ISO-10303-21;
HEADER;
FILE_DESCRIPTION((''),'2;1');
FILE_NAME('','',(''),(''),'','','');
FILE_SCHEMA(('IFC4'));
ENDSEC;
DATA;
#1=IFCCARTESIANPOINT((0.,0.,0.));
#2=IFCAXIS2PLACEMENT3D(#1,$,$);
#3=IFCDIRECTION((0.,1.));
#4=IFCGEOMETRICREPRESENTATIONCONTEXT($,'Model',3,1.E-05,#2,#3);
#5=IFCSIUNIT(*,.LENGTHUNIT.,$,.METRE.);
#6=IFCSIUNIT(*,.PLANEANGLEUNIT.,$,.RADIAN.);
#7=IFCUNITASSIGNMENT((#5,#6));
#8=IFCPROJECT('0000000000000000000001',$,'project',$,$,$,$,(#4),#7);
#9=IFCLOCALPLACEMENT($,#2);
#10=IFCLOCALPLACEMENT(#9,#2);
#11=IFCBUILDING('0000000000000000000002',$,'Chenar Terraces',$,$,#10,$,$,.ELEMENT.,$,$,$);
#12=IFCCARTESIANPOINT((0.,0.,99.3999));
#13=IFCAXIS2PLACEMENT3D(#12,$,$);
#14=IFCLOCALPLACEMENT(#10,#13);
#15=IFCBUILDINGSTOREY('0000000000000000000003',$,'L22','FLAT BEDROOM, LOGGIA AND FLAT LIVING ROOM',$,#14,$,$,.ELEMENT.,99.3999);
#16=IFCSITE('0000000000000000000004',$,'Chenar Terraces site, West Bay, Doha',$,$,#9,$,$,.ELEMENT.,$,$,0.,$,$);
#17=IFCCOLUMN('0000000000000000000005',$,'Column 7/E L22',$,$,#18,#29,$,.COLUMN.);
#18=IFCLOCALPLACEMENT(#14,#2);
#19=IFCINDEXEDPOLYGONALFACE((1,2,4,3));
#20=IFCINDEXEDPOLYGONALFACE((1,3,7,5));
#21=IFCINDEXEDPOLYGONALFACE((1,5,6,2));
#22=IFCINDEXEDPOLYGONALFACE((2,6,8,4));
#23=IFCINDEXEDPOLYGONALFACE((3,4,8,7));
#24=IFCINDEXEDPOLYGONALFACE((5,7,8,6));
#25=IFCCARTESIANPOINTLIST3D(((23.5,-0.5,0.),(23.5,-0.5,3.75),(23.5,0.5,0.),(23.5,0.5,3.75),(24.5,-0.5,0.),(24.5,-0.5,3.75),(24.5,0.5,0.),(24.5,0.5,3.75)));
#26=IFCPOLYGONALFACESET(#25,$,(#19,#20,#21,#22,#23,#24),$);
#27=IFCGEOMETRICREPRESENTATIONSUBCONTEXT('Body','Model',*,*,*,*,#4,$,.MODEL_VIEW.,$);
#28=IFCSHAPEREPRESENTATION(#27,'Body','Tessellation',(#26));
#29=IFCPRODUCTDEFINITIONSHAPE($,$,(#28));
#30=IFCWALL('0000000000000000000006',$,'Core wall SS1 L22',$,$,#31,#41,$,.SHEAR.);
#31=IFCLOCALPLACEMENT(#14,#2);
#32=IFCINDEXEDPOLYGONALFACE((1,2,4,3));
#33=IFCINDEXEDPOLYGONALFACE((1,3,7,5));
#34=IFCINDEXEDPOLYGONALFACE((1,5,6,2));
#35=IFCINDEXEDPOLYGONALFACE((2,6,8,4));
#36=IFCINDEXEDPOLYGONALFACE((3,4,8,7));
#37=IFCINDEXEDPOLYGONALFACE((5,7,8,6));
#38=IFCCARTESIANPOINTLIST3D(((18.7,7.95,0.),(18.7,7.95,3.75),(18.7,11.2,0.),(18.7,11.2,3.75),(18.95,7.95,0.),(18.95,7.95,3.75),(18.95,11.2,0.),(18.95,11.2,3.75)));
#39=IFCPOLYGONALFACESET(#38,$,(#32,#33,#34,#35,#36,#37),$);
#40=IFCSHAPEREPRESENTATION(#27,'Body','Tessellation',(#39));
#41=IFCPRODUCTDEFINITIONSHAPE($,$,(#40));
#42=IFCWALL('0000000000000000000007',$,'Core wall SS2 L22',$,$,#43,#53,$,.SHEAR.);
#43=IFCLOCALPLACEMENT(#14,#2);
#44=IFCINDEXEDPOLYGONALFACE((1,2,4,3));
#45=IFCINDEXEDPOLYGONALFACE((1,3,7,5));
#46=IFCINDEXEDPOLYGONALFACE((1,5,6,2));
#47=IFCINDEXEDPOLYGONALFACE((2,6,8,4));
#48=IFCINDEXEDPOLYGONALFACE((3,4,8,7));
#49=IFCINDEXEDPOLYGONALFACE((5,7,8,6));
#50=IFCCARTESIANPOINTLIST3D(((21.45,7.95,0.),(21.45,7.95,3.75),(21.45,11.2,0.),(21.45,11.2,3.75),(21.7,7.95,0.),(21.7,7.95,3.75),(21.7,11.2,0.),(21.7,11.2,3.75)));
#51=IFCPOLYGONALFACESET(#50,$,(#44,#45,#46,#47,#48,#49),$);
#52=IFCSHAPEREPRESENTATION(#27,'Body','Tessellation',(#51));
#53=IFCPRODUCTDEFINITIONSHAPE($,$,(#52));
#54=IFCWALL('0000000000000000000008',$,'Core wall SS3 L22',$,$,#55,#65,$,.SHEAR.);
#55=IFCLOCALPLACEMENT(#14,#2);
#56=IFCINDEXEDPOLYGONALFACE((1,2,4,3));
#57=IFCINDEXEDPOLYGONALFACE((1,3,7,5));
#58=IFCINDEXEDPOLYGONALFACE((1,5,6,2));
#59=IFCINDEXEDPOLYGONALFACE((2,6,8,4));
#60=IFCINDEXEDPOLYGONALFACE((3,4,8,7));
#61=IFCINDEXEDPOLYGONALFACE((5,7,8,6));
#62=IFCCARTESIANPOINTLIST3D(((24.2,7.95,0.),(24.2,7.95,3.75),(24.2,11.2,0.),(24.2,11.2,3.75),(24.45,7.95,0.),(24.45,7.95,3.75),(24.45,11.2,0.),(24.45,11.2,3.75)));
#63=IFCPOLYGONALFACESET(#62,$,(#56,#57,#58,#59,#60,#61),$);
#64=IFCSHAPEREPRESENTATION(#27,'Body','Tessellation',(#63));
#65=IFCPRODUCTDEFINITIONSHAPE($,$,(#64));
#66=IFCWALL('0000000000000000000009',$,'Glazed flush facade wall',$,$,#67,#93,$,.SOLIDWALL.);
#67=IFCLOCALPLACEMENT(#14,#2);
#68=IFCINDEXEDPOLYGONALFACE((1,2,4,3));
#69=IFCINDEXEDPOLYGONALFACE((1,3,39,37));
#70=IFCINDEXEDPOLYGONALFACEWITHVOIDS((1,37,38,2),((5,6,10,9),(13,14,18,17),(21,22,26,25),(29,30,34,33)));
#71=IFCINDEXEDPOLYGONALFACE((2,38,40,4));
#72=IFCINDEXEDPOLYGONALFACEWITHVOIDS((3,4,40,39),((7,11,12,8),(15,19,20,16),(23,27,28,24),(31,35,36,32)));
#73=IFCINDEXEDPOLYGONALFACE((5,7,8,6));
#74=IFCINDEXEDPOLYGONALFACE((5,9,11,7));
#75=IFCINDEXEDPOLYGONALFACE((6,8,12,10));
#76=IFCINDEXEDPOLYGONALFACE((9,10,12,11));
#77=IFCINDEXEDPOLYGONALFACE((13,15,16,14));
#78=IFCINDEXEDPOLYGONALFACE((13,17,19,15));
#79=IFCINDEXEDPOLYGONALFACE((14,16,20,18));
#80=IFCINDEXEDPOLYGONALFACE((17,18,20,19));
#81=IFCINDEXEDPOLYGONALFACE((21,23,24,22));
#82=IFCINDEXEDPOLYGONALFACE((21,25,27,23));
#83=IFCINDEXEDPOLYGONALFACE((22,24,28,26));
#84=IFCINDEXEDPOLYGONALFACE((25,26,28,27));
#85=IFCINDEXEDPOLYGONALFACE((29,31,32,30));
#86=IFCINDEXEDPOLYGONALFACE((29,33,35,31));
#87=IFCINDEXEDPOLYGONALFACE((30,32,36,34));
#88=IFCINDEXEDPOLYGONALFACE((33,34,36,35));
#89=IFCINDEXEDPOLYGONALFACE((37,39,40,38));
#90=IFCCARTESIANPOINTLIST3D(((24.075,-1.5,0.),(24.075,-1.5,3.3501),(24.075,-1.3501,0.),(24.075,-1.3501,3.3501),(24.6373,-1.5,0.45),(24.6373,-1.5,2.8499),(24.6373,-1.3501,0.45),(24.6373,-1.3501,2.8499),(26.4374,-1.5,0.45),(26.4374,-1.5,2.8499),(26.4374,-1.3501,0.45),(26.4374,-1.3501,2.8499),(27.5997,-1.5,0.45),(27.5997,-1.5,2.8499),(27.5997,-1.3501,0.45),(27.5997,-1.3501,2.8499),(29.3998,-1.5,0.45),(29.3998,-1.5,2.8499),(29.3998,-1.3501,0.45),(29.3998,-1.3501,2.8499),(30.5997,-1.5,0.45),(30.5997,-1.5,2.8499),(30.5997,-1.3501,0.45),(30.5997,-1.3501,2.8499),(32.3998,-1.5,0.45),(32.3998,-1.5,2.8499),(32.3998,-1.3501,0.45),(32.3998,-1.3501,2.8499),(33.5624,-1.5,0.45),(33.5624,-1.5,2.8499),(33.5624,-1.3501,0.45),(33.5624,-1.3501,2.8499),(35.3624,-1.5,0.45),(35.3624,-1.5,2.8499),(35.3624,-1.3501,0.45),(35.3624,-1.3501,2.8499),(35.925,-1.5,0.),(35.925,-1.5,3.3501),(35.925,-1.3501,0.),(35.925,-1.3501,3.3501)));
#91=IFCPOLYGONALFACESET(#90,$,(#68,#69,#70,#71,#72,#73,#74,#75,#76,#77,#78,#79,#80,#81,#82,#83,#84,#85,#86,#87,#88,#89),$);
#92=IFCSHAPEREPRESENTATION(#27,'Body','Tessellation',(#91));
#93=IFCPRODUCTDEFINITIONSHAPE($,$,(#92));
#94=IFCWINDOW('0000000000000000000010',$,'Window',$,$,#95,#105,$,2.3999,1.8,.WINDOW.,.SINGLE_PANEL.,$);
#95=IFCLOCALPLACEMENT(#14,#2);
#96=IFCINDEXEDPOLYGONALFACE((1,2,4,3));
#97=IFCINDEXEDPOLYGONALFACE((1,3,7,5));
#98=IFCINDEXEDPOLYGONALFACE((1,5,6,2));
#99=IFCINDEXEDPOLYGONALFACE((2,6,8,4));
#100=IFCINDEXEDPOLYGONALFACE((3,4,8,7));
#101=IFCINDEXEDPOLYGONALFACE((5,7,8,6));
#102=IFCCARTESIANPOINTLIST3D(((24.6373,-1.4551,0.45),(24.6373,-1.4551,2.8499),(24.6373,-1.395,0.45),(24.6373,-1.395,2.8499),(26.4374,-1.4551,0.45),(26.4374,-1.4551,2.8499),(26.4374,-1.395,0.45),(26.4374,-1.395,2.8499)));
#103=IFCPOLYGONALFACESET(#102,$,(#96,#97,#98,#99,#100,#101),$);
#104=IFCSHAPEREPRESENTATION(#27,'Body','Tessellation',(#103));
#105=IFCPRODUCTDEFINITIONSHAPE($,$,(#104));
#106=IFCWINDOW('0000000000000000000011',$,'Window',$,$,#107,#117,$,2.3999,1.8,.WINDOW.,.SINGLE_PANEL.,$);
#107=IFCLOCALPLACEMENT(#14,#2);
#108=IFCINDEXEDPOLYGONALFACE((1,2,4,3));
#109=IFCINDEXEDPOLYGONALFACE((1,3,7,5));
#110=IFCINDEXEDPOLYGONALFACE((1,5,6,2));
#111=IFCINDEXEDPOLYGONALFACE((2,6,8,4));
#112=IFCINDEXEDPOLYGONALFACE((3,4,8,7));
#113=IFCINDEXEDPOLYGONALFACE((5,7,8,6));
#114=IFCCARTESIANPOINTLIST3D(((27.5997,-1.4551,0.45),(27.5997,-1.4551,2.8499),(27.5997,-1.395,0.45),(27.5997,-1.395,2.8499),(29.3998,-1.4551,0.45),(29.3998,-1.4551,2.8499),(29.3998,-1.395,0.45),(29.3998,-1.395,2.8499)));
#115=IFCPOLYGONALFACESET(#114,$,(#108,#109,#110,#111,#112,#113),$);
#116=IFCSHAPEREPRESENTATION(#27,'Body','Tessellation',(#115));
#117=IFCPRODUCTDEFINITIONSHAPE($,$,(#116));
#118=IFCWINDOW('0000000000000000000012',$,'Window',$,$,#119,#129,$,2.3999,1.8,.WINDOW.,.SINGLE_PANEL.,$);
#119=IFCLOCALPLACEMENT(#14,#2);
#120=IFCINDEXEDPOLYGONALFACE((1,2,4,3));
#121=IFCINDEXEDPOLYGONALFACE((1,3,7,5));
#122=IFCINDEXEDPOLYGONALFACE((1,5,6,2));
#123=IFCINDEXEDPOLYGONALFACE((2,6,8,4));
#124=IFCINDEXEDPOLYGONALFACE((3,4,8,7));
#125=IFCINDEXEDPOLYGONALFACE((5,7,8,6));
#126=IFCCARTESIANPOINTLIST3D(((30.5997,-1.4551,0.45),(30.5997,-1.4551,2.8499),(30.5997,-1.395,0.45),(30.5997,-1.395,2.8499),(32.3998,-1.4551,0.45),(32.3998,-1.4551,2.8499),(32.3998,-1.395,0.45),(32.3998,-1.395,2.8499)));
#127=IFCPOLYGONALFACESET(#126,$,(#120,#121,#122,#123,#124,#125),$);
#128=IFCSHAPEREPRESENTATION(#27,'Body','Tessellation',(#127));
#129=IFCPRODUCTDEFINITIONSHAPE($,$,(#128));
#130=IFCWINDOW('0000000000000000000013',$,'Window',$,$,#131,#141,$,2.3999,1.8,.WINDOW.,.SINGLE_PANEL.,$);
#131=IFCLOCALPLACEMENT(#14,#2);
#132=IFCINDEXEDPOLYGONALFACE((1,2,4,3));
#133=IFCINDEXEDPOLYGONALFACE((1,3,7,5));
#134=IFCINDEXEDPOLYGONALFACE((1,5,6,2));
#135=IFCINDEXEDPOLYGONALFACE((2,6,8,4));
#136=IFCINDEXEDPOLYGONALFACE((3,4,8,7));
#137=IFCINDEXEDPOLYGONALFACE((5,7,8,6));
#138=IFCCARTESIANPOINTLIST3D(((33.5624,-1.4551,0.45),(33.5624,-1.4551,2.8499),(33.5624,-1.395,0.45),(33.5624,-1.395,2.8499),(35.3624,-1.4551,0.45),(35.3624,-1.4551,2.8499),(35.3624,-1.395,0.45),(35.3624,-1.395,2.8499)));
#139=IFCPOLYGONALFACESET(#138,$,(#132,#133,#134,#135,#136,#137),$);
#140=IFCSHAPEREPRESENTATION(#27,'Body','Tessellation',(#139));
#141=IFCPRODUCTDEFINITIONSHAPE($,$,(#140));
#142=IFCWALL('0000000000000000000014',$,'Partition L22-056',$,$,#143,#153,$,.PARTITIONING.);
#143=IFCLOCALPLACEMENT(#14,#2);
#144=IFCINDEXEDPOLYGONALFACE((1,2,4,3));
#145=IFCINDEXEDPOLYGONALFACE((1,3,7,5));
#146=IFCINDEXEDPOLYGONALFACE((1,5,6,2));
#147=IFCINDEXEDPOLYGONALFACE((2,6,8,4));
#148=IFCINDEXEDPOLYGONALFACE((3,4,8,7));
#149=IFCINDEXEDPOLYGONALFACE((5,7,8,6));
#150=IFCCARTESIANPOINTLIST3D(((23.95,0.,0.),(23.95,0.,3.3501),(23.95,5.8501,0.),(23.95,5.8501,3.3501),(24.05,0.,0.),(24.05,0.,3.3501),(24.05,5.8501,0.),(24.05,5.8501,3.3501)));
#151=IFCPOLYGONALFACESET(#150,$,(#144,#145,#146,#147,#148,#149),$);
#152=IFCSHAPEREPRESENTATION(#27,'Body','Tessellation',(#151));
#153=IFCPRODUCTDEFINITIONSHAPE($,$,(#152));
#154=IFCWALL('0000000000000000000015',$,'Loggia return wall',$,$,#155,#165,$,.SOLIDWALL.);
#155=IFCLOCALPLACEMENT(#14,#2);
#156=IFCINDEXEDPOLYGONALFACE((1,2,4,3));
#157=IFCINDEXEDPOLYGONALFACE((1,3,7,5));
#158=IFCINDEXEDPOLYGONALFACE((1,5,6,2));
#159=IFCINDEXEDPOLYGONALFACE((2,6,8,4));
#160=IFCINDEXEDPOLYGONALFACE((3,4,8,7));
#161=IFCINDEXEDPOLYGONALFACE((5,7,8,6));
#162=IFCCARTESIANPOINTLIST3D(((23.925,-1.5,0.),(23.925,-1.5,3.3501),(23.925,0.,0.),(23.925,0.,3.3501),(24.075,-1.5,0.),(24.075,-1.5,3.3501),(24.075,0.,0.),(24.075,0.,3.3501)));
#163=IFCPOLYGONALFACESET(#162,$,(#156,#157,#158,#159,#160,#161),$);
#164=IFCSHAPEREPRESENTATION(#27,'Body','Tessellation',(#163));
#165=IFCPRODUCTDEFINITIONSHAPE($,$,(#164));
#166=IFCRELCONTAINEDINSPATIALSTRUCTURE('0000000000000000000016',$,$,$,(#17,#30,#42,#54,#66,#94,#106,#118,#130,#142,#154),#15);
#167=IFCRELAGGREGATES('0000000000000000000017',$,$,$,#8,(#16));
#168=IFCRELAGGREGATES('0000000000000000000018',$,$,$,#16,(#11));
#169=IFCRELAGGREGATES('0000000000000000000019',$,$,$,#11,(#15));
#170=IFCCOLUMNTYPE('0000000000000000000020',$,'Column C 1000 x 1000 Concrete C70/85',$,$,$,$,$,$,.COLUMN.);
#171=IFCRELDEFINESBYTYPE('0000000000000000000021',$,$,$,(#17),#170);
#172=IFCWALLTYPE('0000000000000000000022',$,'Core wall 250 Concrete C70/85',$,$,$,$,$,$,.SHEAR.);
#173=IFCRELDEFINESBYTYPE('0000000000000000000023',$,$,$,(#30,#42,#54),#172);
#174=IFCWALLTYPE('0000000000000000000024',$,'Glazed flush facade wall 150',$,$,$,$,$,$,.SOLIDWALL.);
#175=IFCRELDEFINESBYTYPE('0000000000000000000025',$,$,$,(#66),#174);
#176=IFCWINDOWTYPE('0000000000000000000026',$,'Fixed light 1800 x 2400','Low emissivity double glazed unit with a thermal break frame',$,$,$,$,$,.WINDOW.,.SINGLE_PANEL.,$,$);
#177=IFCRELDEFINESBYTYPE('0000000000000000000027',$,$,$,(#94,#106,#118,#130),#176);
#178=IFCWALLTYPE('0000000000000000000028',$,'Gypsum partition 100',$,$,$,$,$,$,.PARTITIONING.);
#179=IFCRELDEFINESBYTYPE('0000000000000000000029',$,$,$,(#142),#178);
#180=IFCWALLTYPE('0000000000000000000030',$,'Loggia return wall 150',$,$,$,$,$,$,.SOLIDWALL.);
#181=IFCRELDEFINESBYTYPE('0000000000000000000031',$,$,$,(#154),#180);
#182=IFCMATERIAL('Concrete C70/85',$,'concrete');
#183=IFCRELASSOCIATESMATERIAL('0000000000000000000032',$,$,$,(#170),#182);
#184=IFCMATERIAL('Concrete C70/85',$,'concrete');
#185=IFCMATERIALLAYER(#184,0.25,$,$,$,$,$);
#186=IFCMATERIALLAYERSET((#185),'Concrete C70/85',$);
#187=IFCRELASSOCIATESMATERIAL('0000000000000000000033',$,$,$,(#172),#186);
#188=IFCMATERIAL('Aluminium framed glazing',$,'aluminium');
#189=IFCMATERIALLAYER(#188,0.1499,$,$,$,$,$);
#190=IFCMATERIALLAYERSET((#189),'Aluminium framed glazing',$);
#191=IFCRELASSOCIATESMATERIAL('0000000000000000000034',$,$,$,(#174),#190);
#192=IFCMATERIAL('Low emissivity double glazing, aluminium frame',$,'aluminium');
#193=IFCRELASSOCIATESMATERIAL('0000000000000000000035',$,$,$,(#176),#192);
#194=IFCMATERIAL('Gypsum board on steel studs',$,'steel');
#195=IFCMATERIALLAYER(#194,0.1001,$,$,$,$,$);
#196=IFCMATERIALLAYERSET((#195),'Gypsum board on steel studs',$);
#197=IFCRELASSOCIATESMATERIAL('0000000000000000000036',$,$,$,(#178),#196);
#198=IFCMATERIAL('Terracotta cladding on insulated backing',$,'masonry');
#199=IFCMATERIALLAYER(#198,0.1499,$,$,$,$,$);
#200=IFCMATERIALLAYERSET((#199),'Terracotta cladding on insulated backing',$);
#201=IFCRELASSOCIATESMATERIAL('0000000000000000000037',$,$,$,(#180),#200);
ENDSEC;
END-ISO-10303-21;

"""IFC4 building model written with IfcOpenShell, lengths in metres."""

from ifc_helpers import new_model, si_unit, direction, frame, frame_2d, origin, origin_2d, place, context, subcontext, project, spatial, rectangle, extrude, material, layer, layer_set, material_profile, profile_set, type_object, element, fill, save


model = new_model("IFC4")

# Units and contexts
model_context = context("Model", 3, precision=1e-05, world=origin(), true_north=direction((0.0, 1.0)))
body_context = subcontext(model_context, "Body", "Model", "MODEL_VIEW")
ifc_project = project(units=[si_unit("LENGTHUNIT", "METRE"), si_unit("PLANEANGLEUNIT", "RADIAN")], contexts=[model_context])

# Site, building, storey
site_placement = place(None, origin())
site = spatial("IfcSite", under=ifc_project, at=site_placement, Name="Chenar Terraces site, West Bay, Doha", CompositionType="ELEMENT", RefElevation=0.0)
building_placement = place(site_placement, origin())
building = spatial("IfcBuilding", under=site, at=building_placement, Name="Chenar Terraces", CompositionType="ELEMENT")
storey_placement = place(building_placement, frame((0.0, 0.0, 99.3999)))
storey = spatial("IfcBuildingStorey", under=building, at=storey_placement, Name="L22", Description="FLAT BEDROOM, LOGGIA AND FLAT LIVING ROOM", CompositionType="ELEMENT", Elevation=99.3999)

# Column
ifc_material_1 = material(Name="Concrete C70/85", Category="concrete")
ifc_material_profile_1 = material_profile(ifc_material_1, rectangle(XDim=1.0, YDim=1.0, at=origin_2d()), Name="C 1000 x 1000")
ifc_profile_set_1 = profile_set([ifc_material_profile_1], Name="Concrete C70/85")
column_type = type_object("IfcColumnType", Name="Column C 1000 x 1000 Concrete C70/85", PredefinedType="COLUMN", material=ifc_profile_set_1)
column_placement = place(storey_placement, frame((24.0, 0.0, 0.0), z_axis=(0.0, 0.0, 1.0), x_axis=(1.0, 0.0, 0.0)))
element("IfcColumn", 1, at=column_placement, inside=storey, type_object=column_type, Name="Column 7/E L22", PredefinedType="COLUMN", context=body_context, shape_type="SweptSolid", body=[
    extrude(rectangle(XDim=1.0, YDim=1.0, at=origin_2d()), origin(), (0.0, 0.0, 1.0), 3.75),
])

# Walls
ifc_material_2 = material(Name="Concrete C70/85", Category="concrete")
ifc_layer_1 = layer(ifc_material_2, 0.25)
ifc_layer_set_1 = layer_set([ifc_layer_1], Name="Concrete C70/85")
wall_type_1 = type_object("IfcWallType", Name="Core wall 250 Concrete C70/85", PredefinedType="SHEAR", material=ifc_layer_set_1)
for number, where, z_axis, x_axis, name in (
    (2, (18.825, 7.95, 0.0), (0.0, 0.0, 1.0), (0.0, 1.0, 0.0), "Core wall SS1 L22"),
    (3, (21.575, 7.95, 0.0), (0.0, 0.0, 1.0), (0.0, 1.0, 0.0), "Core wall SS2 L22"),
    (4, (24.325, 7.95, 0.0), (0.0, 0.0, 1.0), (0.0, 1.0, 0.0), "Core wall SS3 L22"),
):
    element("IfcWall", number, at=place(storey_placement, frame(where, z_axis=z_axis, x_axis=x_axis)), inside=storey, type_object=wall_type_1, Name=name, PredefinedType="SHEAR", context=body_context, shape_type="SweptSolid", body=[
        extrude(rectangle(XDim=3.25, YDim=0.25, at=frame_2d((1.625, 0.0))), origin(), (0.0, 0.0, 1.0), 3.75),
    ])

# Wall, openings, windows
ifc_material_3 = material(Name="Aluminium framed glazing", Category="aluminium")
ifc_layer_2 = layer(ifc_material_3, 0.1499)
ifc_layer_set_2 = layer_set([ifc_layer_2], Name="Aluminium framed glazing")
wall_type_2 = type_object("IfcWallType", Name="Glazed flush facade wall 150", PredefinedType="SOLIDWALL", material=ifc_layer_set_2)
wall_1_placement = place(storey_placement, frame((24.075, -1.425, 0.0), z_axis=(0.0, 0.0, 1.0), x_axis=(1.0, 0.0, 0.0)))
wall_1 = element("IfcWall", 5, at=wall_1_placement, inside=storey, type_object=wall_type_2, Name="Glazed flush facade wall", PredefinedType="SOLIDWALL", context=body_context, shape_type="SweptSolid", body=[
    extrude(rectangle(XDim=11.8501, YDim=0.1499, at=frame_2d((5.925, 0.0))), origin(), (0.0, 0.0, 1.0), 3.3501),
])
opening_1_placement = place(wall_1_placement, frame((0.5625, 0.0, 0.45)))
opening_1 = element("IfcOpeningElement", 6, at=opening_1_placement, cuts=wall_1, PredefinedType="OPENING", context=body_context, shape_type="SweptSolid", body=[
    extrude(rectangle(XDim=1.8, YDim=2.3999, at=frame_2d((0.8999, 1.2))), frame((0.0, 0.085, 0.0), z_axis=(0.0, -1.0, 0.0), x_axis=(1.0, 0.0, 0.0)), (0.0, 0.0, 1.0), 0.1699),
])
opening_2_placement = place(wall_1_placement, frame((3.5249, 0.0, 0.45)))
opening_2 = element("IfcOpeningElement", 7, at=opening_2_placement, cuts=wall_1, PredefinedType="OPENING", context=body_context, shape_type="SweptSolid", body=[
    extrude(rectangle(XDim=1.8, YDim=2.3999, at=frame_2d((0.8999, 1.2))), frame((0.0, 0.085, 0.0), z_axis=(0.0, -1.0, 0.0), x_axis=(1.0, 0.0, 0.0)), (0.0, 0.0, 1.0), 0.1699),
])
opening_3_placement = place(wall_1_placement, frame((6.5249, 0.0, 0.45)))
opening_3 = element("IfcOpeningElement", 8, at=opening_3_placement, cuts=wall_1, PredefinedType="OPENING", context=body_context, shape_type="SweptSolid", body=[
    extrude(rectangle(XDim=1.8, YDim=2.3999, at=frame_2d((0.8999, 1.2))), frame((0.0, 0.085, 0.0), z_axis=(0.0, -1.0, 0.0), x_axis=(1.0, 0.0, 0.0)), (0.0, 0.0, 1.0), 0.1699),
])
opening_4_placement = place(wall_1_placement, frame((9.4875, 0.0, 0.45)))
opening_4 = element("IfcOpeningElement", 9, at=opening_4_placement, cuts=wall_1, PredefinedType="OPENING", context=body_context, shape_type="SweptSolid", body=[
    extrude(rectangle(XDim=1.8, YDim=2.3999, at=frame_2d((0.8999, 1.2))), frame((0.0, 0.085, 0.0), z_axis=(0.0, -1.0, 0.0), x_axis=(1.0, 0.0, 0.0)), (0.0, 0.0, 1.0), 0.1699),
])
ifc_material_4 = material(Name="Low emissivity double glazing, aluminium frame", Category="aluminium")
window_type = type_object("IfcWindowType", Name="Fixed light 1800 x 2400", Description="Low emissivity double glazed unit with a thermal break frame", PartitioningType="SINGLE_PANEL", PredefinedType="WINDOW", material=ifc_material_4)
window_1_placement = place(opening_1_placement, origin())
window_1 = element("IfcWindow", 10, at=window_1_placement, inside=storey, type_object=window_type, Name="Window", OverallHeight=2.3999, OverallWidth=1.8, PartitioningType="SINGLE_PANEL", PredefinedType="WINDOW", context=body_context, shape_type="SweptSolid", body=[
    extrude(rectangle(XDim=1.8, YDim=2.3999, at=frame_2d((0.8999, 1.2))), frame((0.0, 0.03, 0.0), z_axis=(0.0, -1.0, 0.0), x_axis=(1.0, 0.0, 0.0)), (0.0, 0.0, 1.0), 0.0601),
])
fill(opening_1, window_1)
window_2_placement = place(opening_2_placement, origin())
window_2 = element("IfcWindow", 11, at=window_2_placement, inside=storey, type_object=window_type, Name="Window", OverallHeight=2.3999, OverallWidth=1.8, PartitioningType="SINGLE_PANEL", PredefinedType="WINDOW", context=body_context, shape_type="SweptSolid", body=[
    extrude(rectangle(XDim=1.8, YDim=2.3999, at=frame_2d((0.8999, 1.2))), frame((0.0, 0.03, 0.0), z_axis=(0.0, -1.0, 0.0), x_axis=(1.0, 0.0, 0.0)), (0.0, 0.0, 1.0), 0.0601),
])
fill(opening_2, window_2)
window_3_placement = place(opening_3_placement, origin())
window_3 = element("IfcWindow", 12, at=window_3_placement, inside=storey, type_object=window_type, Name="Window", OverallHeight=2.3999, OverallWidth=1.8, PartitioningType="SINGLE_PANEL", PredefinedType="WINDOW", context=body_context, shape_type="SweptSolid", body=[
    extrude(rectangle(XDim=1.8, YDim=2.3999, at=frame_2d((0.8999, 1.2))), frame((0.0, 0.03, 0.0), z_axis=(0.0, -1.0, 0.0), x_axis=(1.0, 0.0, 0.0)), (0.0, 0.0, 1.0), 0.0601),
])
fill(opening_3, window_3)
window_4_placement = place(opening_4_placement, origin())
window_4 = element("IfcWindow", 13, at=window_4_placement, inside=storey, type_object=window_type, Name="Window", OverallHeight=2.3999, OverallWidth=1.8, PartitioningType="SINGLE_PANEL", PredefinedType="WINDOW", context=body_context, shape_type="SweptSolid", body=[
    extrude(rectangle(XDim=1.8, YDim=2.3999, at=frame_2d((0.8999, 1.2))), frame((0.0, 0.03, 0.0), z_axis=(0.0, -1.0, 0.0), x_axis=(1.0, 0.0, 0.0)), (0.0, 0.0, 1.0), 0.0601),
])
fill(opening_4, window_4)

# Walls
ifc_material_5 = material(Name="Gypsum board on steel studs", Category="steel")
ifc_layer_3 = layer(ifc_material_5, 0.1001)
ifc_layer_set_3 = layer_set([ifc_layer_3], Name="Gypsum board on steel studs")
wall_type_3 = type_object("IfcWallType", Name="Gypsum partition 100", PredefinedType="PARTITIONING", material=ifc_layer_set_3)
wall_2_placement = place(storey_placement, frame((24.0, 0.0, 0.0), z_axis=(0.0, 0.0, 1.0), x_axis=(0.0, 1.0, 0.0)))
element("IfcWall", 14, at=wall_2_placement, inside=storey, type_object=wall_type_3, Name="Partition L22-056", PredefinedType="PARTITIONING", context=body_context, shape_type="SweptSolid", body=[
    extrude(rectangle(XDim=5.8501, YDim=0.1001, at=frame_2d((2.925, 0.0))), origin(), (0.0, 0.0, 1.0), 3.3501),
])
ifc_material_6 = material(Name="Terracotta cladding on insulated backing", Category="masonry")
ifc_layer_4 = layer(ifc_material_6, 0.1499)
ifc_layer_set_4 = layer_set([ifc_layer_4], Name="Terracotta cladding on insulated backing")
wall_type_4 = type_object("IfcWallType", Name="Loggia return wall 150", PredefinedType="SOLIDWALL", material=ifc_layer_set_4)
wall_3_placement = place(storey_placement, frame((24.0, -1.5, 0.0), z_axis=(0.0, 0.0, 1.0), x_axis=(0.0, 1.0, 0.0)))
element("IfcWall", 15, at=wall_3_placement, inside=storey, type_object=wall_type_4, Name="Loggia return wall", PredefinedType="SOLIDWALL", context=body_context, shape_type="SweptSolid", body=[
    extrude(rectangle(XDim=1.5, YDim=0.1499, at=frame_2d((0.75, 0.0))), origin(), (0.0, 0.0, 1.0), 3.3501),
])

save(model, "model.ifc")
